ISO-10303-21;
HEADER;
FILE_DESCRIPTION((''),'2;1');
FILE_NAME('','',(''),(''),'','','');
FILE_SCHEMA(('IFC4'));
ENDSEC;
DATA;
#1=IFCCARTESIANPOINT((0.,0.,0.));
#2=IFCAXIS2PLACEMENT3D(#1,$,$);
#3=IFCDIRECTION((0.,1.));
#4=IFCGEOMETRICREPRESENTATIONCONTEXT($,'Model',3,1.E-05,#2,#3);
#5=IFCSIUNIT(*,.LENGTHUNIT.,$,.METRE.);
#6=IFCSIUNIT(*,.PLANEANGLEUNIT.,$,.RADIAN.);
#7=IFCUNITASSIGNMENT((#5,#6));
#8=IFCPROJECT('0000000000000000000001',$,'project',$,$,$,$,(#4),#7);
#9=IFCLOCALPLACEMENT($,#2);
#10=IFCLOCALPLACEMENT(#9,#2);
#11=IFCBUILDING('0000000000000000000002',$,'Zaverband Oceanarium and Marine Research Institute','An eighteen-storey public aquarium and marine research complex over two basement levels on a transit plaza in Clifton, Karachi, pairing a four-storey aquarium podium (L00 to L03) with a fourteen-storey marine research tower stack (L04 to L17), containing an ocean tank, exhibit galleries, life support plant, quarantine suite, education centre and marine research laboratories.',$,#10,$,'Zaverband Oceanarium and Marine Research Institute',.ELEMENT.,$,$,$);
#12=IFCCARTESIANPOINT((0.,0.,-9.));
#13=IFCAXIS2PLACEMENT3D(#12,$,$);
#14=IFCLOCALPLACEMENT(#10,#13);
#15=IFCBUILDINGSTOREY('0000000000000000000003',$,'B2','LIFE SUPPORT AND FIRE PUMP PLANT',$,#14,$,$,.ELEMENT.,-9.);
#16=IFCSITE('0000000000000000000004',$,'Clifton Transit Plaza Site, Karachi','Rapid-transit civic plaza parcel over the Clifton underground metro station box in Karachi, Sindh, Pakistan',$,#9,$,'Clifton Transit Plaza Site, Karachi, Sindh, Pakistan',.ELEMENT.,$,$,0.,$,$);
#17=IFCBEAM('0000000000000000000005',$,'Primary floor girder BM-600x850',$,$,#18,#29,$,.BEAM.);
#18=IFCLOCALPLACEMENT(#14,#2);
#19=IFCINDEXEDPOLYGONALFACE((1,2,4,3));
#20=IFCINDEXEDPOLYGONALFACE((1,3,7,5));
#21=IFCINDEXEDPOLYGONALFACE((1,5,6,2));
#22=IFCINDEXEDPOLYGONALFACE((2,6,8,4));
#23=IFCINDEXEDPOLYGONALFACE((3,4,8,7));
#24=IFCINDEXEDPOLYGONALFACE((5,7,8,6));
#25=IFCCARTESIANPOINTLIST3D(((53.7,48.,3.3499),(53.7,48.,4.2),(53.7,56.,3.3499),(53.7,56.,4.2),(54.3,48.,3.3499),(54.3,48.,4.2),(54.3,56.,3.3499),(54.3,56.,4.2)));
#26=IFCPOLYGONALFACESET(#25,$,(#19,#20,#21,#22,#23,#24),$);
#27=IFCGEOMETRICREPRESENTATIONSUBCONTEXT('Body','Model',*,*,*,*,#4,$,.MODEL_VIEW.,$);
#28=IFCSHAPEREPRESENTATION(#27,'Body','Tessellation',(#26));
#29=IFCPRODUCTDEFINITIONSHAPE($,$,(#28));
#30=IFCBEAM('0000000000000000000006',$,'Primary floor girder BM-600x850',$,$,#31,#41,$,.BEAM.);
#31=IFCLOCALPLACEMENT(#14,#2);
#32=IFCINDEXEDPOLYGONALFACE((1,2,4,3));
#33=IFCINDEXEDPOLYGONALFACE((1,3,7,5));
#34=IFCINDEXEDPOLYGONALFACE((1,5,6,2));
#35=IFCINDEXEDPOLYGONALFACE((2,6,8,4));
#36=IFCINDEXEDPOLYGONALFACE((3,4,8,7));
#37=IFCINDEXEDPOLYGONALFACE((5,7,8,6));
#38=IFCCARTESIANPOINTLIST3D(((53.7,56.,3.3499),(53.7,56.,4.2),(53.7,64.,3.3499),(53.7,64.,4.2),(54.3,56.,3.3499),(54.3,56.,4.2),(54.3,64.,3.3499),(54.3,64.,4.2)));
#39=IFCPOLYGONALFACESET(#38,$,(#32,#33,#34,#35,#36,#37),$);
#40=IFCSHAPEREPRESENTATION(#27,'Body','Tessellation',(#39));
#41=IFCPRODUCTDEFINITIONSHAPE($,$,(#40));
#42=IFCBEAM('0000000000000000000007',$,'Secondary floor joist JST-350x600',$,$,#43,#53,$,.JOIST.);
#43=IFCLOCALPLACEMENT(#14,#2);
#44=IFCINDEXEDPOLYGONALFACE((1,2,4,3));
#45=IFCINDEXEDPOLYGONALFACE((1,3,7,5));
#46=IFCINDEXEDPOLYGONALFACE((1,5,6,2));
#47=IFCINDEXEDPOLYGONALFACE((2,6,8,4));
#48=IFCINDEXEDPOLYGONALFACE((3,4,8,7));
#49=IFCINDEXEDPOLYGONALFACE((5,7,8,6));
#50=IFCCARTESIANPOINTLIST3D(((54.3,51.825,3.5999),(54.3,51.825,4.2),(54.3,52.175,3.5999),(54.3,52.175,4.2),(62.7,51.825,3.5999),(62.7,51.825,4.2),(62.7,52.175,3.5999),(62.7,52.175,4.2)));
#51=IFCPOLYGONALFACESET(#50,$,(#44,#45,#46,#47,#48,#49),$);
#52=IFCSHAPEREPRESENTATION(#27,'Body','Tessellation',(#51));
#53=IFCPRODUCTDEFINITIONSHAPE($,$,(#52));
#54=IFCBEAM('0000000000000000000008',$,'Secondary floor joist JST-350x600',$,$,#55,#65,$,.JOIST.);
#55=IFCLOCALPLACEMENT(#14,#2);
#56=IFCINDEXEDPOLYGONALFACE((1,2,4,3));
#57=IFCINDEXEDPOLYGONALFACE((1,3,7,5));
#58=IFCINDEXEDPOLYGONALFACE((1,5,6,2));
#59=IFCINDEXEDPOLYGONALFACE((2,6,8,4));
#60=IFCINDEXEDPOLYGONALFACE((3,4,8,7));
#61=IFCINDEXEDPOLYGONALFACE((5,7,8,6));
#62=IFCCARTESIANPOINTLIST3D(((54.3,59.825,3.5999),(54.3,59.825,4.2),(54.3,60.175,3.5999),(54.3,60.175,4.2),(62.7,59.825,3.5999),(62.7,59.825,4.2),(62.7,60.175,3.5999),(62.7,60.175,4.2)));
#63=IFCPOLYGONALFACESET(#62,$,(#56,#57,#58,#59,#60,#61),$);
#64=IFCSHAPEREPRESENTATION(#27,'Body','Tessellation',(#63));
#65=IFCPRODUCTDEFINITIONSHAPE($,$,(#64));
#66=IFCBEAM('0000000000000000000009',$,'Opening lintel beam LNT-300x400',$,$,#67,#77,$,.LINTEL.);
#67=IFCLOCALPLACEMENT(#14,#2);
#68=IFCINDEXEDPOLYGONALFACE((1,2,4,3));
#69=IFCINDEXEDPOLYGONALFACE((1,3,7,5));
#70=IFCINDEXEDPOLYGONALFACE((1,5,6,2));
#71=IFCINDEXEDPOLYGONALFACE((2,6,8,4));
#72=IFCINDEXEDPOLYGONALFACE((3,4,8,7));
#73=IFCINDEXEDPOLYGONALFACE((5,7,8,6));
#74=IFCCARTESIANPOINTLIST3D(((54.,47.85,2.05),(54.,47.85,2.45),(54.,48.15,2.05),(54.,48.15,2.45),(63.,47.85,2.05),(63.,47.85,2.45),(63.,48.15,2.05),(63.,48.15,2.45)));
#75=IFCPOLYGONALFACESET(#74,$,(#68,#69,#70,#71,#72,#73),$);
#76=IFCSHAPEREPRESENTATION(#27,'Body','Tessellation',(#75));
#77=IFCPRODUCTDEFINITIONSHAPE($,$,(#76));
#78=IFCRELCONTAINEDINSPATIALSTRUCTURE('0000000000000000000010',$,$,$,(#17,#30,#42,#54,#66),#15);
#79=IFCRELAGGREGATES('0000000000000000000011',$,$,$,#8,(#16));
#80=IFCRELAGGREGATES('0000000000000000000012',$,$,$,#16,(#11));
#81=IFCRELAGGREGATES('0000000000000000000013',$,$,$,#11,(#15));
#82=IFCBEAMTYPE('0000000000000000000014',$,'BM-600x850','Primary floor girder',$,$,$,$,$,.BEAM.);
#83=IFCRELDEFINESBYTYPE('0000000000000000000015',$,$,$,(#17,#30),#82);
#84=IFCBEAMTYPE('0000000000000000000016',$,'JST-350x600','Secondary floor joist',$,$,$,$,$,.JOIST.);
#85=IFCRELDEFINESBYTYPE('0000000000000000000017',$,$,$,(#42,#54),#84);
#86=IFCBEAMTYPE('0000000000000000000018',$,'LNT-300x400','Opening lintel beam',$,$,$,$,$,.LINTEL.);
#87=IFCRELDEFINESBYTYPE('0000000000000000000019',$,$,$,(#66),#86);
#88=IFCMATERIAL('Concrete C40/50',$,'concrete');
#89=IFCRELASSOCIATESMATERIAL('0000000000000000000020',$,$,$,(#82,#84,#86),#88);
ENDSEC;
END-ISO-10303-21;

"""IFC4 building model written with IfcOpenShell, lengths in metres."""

from ifc_helpers import new_model, si_unit, direction, frame, origin, origin_2d, place, context, subcontext, project, spatial, rectangle, extrude, material, material_profile, profile_set, type_object, element, save


model = new_model("IFC4")

# Units and contexts
model_context = context("Model", 3, precision=1e-05, world=origin(), true_north=direction((0.0, 1.0)))
body_context = subcontext(model_context, "Body", "Model", "MODEL_VIEW")
ifc_project = project(units=[si_unit("LENGTHUNIT", "METRE"), si_unit("PLANEANGLEUNIT", "RADIAN")], contexts=[model_context])

# Site, building, storey
site_placement = place(None, origin())
site = spatial("IfcSite", under=ifc_project, at=site_placement, Name="Clifton Transit Plaza Site, Karachi", Description="Rapid-transit civic plaza parcel over the Clifton underground metro station box in Karachi, Sindh, Pakistan", LongName="Clifton Transit Plaza Site, Karachi, Sindh, Pakistan", CompositionType="ELEMENT", RefElevation=0.0)
building_placement = place(site_placement, origin())
building = spatial("IfcBuilding", under=site, at=building_placement, Name="Zaverband Oceanarium and Marine Research Institute", Description="An eighteen-storey public aquarium and marine research complex over two basement levels on a transit plaza in Clifton, Karachi, pairing a four-storey aquarium podium (L00 to L03) with a fourteen-storey marine research tower stack (L04 to L17), containing an ocean tank, exhibit galleries, life support plant, quarantine suite, education centre and marine research laboratories.", LongName="Zaverband Oceanarium and Marine Research Institute", CompositionType="ELEMENT")
storey_placement = place(building_placement, frame((0.0, 0.0, -9.0)))
storey = spatial("IfcBuildingStorey", under=building, at=storey_placement, Name="B2", Description="LIFE SUPPORT AND FIRE PUMP PLANT", CompositionType="ELEMENT", Elevation=-9.0)

# Beams
ifc_material_1 = material(Name="Concrete C40/50", Category="concrete")
ifc_material_profile_1 = material_profile(ifc_material_1, rectangle(XDim=0.6001, YDim=0.8501, at=origin_2d()), Name="RC600x850")
ifc_profile_set_1 = profile_set([ifc_material_profile_1], Name="Concrete C40/50")
beam_type_1 = type_object("IfcBeamType", Name="BM-600x850", Description="Primary floor girder", PredefinedType="BEAM", material=ifc_profile_set_1)
for number, where, z_axis, x_axis, name in (
    (1, (54.0, 48.0, 3.7749), (0.0, 1.0, 0.0), (-1.0, 0.0, 0.0), "Primary floor girder BM-600x850"),
    (2, (54.0, 56.0, 3.7749), (0.0, 1.0, 0.0), (-1.0, 0.0, 0.0), "Primary floor girder BM-600x850"),
):
    element("IfcBeam", number, at=place(storey_placement, frame(where, z_axis=z_axis, x_axis=x_axis)), inside=storey, type_object=beam_type_1, Name=name, PredefinedType="BEAM", context=body_context, shape_type="SweptSolid", body=[
        extrude(rectangle(XDim=0.6001, YDim=0.8501, at=origin_2d()), origin(), (0.0, 0.0, 1.0), 8.0),
    ])
ifc_material_profile_2 = material_profile(ifc_material_1, rectangle(XDim=0.3501, YDim=0.6001, at=origin_2d()), Name="RC350x600")
ifc_profile_set_2 = profile_set([ifc_material_profile_2], Name="Concrete C40/50")
beam_type_2 = type_object("IfcBeamType", Name="JST-350x600", Description="Secondary floor joist", PredefinedType="JOIST", material=ifc_profile_set_2)
for number, where, z_axis, x_axis, name in (
    (3, (54.3, 52.0, 3.8999), (1.0, 0.0, 0.0), (0.0, 1.0, 0.0), "Secondary floor joist JST-350x600"),
    (4, (54.3, 60.0, 3.8999), (1.0, 0.0, 0.0), (0.0, 1.0, 0.0), "Secondary floor joist JST-350x600"),
):
    element("IfcBeam", number, at=place(storey_placement, frame(where, z_axis=z_axis, x_axis=x_axis)), inside=storey, type_object=beam_type_2, Name=name, PredefinedType="JOIST", context=body_context, shape_type="SweptSolid", body=[
        extrude(rectangle(XDim=0.3501, YDim=0.6001, at=origin_2d()), origin(), (0.0, 0.0, 1.0), 8.3999),
    ])
ifc_material_profile_3 = material_profile(ifc_material_1, rectangle(XDim=0.3, YDim=0.3999, at=origin_2d()), Name="RC300x400")
ifc_profile_set_3 = profile_set([ifc_material_profile_3], Name="Concrete C40/50")
beam_type_3 = type_object("IfcBeamType", Name="LNT-300x400", Description="Opening lintel beam", PredefinedType="LINTEL", material=ifc_profile_set_3)
beam_placement = place(storey_placement, frame((54.0, 48.0, 2.25), z_axis=(1.0, 0.0, 0.0), x_axis=(0.0, 1.0, 0.0)))
element("IfcBeam", 5, at=beam_placement, inside=storey, type_object=beam_type_3, Name="Opening lintel beam LNT-300x400", PredefinedType="LINTEL", context=body_context, shape_type="SweptSolid", body=[
    extrude(rectangle(XDim=0.3, YDim=0.3999, at=origin_2d()), origin(), (0.0, 0.0, 1.0), 9.0),
])

save(model, "model.ifc")
